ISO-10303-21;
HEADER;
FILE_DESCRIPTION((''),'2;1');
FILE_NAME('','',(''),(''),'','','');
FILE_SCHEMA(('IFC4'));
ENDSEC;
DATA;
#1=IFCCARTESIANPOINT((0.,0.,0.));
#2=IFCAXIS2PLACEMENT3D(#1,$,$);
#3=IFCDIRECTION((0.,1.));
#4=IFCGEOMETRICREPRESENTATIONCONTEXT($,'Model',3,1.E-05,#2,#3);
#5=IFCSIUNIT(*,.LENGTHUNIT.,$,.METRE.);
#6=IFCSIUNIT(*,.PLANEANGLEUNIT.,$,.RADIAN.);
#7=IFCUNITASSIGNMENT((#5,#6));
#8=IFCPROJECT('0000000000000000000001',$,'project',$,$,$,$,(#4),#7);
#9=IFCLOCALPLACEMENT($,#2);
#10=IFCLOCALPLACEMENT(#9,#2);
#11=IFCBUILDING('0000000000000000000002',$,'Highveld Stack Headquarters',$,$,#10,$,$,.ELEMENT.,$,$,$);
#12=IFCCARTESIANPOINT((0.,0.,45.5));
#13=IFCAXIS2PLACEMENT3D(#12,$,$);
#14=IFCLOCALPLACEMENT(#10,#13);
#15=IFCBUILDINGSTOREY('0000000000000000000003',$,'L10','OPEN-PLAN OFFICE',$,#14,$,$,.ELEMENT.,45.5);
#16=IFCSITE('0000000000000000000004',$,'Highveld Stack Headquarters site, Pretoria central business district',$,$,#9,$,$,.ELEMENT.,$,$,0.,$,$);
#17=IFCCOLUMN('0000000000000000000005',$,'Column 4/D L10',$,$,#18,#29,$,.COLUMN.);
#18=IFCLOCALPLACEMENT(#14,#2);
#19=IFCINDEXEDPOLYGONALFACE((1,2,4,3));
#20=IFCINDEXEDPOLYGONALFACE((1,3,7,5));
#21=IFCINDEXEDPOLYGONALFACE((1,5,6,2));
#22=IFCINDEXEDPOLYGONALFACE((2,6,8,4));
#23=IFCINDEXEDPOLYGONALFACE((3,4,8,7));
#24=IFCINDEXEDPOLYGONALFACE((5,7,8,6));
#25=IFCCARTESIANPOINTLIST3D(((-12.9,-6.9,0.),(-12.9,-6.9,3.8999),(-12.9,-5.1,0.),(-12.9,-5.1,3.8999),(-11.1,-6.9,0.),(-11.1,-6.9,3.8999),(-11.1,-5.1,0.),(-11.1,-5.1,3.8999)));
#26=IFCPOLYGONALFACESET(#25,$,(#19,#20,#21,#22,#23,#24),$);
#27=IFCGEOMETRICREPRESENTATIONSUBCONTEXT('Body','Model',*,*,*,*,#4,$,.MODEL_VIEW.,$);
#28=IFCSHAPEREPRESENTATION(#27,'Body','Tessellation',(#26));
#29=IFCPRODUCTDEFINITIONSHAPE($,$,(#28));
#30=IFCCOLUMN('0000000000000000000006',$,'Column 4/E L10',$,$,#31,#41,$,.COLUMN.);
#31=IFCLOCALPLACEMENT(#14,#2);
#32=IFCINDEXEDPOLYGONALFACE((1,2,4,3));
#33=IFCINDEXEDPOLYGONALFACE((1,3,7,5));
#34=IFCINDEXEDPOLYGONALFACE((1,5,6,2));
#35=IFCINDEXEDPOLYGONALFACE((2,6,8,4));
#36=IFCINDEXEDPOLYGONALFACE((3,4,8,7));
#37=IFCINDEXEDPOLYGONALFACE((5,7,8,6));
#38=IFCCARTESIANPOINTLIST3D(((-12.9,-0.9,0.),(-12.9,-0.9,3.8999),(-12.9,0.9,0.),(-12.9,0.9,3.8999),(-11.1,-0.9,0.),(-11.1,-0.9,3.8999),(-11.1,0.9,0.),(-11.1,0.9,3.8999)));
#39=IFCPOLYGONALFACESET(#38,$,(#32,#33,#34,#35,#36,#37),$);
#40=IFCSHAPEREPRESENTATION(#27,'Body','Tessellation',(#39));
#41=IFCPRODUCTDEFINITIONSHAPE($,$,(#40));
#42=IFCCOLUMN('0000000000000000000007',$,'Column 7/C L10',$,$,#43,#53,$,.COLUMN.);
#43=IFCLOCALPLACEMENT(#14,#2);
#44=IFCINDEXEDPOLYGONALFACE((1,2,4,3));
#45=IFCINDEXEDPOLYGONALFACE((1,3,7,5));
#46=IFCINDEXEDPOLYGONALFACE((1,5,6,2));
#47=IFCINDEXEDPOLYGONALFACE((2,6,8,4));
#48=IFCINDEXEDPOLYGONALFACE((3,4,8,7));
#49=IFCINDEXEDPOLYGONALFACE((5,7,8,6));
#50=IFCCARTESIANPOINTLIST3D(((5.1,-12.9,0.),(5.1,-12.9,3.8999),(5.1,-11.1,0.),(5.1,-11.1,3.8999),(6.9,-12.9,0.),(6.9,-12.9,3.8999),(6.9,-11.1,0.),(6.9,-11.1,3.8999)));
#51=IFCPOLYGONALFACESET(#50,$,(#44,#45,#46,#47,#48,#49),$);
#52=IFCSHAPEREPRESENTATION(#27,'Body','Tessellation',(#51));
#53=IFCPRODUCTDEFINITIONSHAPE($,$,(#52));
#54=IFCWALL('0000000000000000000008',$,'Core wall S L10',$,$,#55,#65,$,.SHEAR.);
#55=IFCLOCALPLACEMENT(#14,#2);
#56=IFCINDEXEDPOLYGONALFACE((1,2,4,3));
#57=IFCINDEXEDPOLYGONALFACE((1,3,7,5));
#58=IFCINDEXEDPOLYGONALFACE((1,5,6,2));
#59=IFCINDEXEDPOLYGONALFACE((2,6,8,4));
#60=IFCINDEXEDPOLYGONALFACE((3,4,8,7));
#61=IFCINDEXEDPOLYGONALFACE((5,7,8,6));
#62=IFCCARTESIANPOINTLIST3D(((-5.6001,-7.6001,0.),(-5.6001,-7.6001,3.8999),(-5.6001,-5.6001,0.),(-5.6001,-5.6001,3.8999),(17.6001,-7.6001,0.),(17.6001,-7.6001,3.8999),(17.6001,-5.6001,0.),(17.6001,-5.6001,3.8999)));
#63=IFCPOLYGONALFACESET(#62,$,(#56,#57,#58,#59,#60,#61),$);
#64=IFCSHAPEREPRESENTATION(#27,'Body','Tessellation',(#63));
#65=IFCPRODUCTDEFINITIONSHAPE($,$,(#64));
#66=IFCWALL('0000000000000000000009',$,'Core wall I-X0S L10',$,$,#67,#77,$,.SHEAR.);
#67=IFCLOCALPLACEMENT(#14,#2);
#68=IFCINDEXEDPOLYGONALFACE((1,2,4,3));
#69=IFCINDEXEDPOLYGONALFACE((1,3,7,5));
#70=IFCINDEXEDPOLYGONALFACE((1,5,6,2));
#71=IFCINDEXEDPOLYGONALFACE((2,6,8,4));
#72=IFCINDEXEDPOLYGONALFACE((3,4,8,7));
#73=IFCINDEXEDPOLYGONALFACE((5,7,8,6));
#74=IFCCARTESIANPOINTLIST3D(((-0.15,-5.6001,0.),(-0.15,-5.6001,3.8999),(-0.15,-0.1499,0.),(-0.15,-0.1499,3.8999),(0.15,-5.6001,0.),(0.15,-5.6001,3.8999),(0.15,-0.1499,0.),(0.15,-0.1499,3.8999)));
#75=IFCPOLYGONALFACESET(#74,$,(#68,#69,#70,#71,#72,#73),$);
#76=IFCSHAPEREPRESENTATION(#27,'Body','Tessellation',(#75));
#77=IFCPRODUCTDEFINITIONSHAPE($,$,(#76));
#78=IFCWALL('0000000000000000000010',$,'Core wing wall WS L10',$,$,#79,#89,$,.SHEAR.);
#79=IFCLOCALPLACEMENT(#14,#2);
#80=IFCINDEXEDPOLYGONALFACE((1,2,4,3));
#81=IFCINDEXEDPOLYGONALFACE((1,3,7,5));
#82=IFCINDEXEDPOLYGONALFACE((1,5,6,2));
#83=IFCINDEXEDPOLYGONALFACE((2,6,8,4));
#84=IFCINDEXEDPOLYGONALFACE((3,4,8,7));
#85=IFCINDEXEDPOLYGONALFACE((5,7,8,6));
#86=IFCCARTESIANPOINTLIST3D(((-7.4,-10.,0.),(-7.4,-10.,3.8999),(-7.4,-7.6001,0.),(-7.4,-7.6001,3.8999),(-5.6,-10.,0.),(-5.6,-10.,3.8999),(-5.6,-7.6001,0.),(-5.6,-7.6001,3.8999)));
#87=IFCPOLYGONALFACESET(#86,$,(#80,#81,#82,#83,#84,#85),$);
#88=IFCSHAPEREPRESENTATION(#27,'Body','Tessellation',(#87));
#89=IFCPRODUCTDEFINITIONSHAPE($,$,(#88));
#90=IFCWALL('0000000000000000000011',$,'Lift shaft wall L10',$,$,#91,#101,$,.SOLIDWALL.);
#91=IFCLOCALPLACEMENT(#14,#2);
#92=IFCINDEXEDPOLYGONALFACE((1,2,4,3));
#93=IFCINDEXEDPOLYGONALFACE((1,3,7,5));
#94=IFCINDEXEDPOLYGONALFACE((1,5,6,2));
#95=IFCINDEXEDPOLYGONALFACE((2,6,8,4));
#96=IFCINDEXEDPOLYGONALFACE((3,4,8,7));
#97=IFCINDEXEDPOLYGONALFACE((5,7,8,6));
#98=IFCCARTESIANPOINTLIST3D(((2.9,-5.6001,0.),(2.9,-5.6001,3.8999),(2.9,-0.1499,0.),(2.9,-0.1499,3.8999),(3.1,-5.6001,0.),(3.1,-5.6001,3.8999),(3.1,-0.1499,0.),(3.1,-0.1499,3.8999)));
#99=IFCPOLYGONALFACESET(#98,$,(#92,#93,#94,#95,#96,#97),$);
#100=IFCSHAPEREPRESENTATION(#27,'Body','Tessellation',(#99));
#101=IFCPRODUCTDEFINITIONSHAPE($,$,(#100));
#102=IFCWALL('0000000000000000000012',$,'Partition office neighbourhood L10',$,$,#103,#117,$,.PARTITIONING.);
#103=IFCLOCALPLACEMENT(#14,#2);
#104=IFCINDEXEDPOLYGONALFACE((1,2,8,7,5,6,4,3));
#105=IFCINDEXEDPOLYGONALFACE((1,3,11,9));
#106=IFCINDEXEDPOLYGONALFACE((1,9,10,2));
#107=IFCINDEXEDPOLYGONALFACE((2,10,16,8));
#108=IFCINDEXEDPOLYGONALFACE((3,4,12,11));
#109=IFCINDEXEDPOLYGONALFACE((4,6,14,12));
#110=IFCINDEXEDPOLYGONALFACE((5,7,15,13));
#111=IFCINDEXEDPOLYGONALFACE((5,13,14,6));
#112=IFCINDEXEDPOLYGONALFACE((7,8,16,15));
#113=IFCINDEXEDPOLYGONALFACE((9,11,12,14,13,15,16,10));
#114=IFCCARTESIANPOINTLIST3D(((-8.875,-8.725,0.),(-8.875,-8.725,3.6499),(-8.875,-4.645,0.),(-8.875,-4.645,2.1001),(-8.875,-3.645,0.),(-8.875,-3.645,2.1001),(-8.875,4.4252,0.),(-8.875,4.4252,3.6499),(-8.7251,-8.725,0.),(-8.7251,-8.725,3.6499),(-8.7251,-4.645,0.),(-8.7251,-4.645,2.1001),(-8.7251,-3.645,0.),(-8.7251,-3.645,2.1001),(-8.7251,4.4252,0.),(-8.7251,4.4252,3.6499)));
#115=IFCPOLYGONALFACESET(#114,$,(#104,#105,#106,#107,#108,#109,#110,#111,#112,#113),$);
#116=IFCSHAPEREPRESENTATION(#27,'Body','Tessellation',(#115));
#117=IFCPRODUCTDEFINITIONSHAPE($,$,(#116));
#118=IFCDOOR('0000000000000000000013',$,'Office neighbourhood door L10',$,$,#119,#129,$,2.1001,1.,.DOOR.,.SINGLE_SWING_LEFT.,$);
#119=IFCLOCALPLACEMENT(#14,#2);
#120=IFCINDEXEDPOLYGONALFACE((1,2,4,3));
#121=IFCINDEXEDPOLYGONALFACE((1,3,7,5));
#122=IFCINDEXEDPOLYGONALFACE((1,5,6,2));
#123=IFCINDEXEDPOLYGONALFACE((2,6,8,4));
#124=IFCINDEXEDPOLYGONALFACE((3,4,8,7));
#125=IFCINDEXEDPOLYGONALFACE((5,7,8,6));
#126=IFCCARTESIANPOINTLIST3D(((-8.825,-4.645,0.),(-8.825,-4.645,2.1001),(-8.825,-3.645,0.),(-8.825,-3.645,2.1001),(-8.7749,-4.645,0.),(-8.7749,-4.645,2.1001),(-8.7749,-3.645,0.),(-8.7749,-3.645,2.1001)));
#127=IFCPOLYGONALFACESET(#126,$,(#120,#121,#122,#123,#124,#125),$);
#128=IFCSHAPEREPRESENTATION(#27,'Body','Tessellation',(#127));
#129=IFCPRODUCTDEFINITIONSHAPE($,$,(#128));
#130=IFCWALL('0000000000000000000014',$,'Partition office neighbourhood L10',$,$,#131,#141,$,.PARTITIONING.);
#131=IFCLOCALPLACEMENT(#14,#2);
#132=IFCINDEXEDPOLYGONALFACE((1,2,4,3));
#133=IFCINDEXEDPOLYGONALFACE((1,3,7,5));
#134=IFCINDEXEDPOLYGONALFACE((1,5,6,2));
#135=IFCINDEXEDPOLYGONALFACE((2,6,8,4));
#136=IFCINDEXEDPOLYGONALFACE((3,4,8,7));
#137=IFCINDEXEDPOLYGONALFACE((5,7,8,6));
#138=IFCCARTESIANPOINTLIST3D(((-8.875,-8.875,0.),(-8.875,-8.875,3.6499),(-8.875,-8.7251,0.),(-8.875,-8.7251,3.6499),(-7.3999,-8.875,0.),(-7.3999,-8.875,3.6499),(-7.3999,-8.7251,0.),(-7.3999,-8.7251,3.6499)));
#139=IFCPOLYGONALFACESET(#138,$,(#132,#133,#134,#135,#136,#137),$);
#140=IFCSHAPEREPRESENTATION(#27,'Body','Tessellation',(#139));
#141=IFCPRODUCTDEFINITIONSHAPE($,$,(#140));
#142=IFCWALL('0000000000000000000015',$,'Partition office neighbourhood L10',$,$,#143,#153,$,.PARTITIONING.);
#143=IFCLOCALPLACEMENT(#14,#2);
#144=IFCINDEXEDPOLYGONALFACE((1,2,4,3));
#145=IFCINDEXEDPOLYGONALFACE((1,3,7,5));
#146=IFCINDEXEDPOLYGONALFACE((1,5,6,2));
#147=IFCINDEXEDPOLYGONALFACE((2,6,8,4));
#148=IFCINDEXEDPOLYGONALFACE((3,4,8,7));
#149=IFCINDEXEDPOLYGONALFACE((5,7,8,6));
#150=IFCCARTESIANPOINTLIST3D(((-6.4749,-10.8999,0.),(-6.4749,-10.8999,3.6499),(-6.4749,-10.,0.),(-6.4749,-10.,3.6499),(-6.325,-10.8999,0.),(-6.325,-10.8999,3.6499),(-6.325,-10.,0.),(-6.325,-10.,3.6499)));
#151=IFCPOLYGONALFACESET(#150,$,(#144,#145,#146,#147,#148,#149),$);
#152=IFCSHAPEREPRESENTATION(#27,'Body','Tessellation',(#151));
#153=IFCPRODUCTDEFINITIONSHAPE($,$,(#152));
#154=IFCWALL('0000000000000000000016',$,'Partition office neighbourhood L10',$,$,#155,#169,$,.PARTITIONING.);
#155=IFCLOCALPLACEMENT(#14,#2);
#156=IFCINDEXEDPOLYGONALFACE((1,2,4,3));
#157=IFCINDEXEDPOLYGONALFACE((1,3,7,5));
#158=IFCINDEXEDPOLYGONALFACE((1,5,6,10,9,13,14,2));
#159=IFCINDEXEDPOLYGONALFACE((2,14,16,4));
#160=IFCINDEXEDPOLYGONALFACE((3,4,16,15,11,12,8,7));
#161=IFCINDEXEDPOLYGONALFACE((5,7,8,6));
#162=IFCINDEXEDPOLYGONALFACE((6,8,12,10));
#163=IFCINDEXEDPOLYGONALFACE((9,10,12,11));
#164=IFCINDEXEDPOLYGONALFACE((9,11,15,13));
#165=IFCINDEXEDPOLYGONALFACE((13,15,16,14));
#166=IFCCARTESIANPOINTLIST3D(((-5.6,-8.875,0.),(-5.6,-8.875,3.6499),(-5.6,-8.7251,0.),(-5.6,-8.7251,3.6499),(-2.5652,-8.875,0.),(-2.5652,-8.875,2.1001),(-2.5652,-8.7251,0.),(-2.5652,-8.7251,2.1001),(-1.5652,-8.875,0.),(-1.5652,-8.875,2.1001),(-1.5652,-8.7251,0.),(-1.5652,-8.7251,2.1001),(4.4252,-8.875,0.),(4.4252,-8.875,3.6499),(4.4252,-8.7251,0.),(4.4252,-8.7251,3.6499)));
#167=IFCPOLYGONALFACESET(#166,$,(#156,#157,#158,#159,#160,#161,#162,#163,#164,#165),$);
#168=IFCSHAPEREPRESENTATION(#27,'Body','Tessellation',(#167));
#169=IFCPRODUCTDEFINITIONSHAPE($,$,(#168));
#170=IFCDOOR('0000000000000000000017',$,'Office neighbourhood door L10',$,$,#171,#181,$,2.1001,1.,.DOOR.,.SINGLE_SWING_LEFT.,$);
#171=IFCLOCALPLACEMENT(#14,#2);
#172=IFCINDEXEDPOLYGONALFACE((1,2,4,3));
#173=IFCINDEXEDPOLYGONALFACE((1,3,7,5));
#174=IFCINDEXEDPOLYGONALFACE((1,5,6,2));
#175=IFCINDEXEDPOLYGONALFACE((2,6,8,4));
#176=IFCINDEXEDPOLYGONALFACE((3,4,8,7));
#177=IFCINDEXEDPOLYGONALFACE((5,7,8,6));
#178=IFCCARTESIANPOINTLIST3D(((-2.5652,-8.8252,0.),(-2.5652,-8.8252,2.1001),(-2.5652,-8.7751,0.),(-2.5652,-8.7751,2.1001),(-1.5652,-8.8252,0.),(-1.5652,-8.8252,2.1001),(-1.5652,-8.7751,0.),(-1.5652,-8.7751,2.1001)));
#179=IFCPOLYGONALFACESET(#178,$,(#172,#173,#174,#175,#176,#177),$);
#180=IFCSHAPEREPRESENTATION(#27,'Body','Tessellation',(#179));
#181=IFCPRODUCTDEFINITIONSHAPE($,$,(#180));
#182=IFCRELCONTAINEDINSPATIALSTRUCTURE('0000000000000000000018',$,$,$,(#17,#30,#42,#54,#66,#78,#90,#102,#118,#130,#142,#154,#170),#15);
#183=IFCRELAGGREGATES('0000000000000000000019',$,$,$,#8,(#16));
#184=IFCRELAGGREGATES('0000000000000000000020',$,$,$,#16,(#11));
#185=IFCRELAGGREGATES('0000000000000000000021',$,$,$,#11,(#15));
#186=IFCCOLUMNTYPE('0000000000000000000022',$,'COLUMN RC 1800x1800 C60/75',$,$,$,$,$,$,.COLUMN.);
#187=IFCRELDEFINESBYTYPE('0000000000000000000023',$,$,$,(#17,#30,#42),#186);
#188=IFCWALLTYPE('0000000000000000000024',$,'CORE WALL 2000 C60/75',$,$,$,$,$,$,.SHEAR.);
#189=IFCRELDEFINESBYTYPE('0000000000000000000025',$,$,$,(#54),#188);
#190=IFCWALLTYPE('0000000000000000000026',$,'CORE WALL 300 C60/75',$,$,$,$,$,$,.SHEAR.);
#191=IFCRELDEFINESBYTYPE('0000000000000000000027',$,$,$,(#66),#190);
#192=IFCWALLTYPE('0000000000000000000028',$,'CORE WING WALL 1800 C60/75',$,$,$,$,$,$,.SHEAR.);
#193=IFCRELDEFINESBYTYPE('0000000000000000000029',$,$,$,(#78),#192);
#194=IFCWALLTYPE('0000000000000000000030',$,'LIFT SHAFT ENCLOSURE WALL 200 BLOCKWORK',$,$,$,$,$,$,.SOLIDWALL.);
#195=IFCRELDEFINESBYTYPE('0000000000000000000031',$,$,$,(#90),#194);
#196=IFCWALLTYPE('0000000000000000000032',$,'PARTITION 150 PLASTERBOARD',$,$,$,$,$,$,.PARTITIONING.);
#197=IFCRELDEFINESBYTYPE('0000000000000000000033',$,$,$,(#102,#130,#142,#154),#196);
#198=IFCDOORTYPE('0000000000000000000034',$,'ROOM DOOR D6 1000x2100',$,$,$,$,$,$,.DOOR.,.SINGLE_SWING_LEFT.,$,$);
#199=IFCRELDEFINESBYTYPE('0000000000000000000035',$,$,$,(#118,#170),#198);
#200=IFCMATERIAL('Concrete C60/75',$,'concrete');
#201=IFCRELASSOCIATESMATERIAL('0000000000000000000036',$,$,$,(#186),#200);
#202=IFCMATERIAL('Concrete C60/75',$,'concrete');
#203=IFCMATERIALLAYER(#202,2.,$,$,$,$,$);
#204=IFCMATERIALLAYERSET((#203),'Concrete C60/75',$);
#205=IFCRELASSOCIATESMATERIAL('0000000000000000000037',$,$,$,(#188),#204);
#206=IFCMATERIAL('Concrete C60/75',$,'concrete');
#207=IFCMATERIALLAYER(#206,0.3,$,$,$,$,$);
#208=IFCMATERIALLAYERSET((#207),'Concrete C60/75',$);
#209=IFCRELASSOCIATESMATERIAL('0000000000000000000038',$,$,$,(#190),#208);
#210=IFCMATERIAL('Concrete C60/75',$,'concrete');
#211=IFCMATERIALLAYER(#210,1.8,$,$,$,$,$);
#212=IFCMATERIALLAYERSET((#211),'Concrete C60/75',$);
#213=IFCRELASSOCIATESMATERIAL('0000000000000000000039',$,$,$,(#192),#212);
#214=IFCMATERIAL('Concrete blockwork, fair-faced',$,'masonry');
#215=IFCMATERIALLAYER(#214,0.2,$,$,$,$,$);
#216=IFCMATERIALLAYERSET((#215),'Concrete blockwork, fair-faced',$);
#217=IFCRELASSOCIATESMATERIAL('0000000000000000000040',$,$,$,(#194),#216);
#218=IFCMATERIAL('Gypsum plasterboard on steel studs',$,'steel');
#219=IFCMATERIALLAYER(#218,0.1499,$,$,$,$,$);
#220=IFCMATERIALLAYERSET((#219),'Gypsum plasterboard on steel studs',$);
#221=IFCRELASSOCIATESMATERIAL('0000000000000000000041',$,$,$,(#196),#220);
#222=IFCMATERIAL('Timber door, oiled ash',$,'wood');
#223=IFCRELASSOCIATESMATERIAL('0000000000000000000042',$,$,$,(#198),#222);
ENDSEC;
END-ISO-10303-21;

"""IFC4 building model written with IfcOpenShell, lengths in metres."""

from ifc_helpers import new_model, si_unit, direction, frame, frame_2d, origin, origin_2d, place, context, subcontext, project, spatial, rectangle, extrude, material, layer, layer_set, material_profile, profile_set, type_object, element, fill, save


model = new_model("IFC4")

# Units and contexts
model_context = context("Model", 3, precision=1e-05, world=origin(), true_north=direction((0.0, 1.0)))
body_context = subcontext(model_context, "Body", "Model", "MODEL_VIEW")
ifc_project = project(units=[si_unit("LENGTHUNIT", "METRE"), si_unit("PLANEANGLEUNIT", "RADIAN")], contexts=[model_context])

# Site, building, storey
site_placement = place(None, origin())
site = spatial("IfcSite", under=ifc_project, at=site_placement, Name="Highveld Stack Headquarters site, Pretoria central business district", CompositionType="ELEMENT", RefElevation=0.0)
building_placement = place(site_placement, origin())
building = spatial("IfcBuilding", under=site, at=building_placement, Name="Highveld Stack Headquarters", CompositionType="ELEMENT")
storey_placement = place(building_placement, frame((0.0, 0.0, 45.5)))
storey = spatial("IfcBuildingStorey", under=building, at=storey_placement, Name="L10", Description="OPEN-PLAN OFFICE", CompositionType="ELEMENT", Elevation=45.5)

# Columns
ifc_material_1 = material(Name="Concrete C60/75", Category="concrete")
ifc_material_profile = material_profile(ifc_material_1, rectangle(XDim=1.8, YDim=1.8, at=origin_2d()), Name="RC 1800x1800")
ifc_profile_set = profile_set([ifc_material_profile], Name="Concrete C60/75")
column_type = type_object("IfcColumnType", Name="COLUMN RC 1800x1800 C60/75", PredefinedType="COLUMN", material=ifc_profile_set)
for number, where, z_axis, x_axis, name in (
    (1, (-12.0, -6.0, 0.0), (0.0, 0.0, 1.0), (1.0, 0.0, 0.0), "Column 4/D L10"),
    (2, (-12.0, 0.0, 0.0), (0.0, 0.0, 1.0), (1.0, 0.0, 0.0), "Column 4/E L10"),
    (3, (6.0, -12.0, 0.0), (0.0, 0.0, 1.0), (1.0, 0.0, 0.0), "Column 7/C L10"),
):
    element("IfcColumn", number, at=place(storey_placement, frame(where, z_axis=z_axis, x_axis=x_axis)), inside=storey, type_object=column_type, Name=name, PredefinedType="COLUMN", context=body_context, shape_type="SweptSolid", body=[
        extrude(rectangle(XDim=1.8, YDim=1.8, at=origin_2d()), origin(), (0.0, 0.0, 1.0), 3.8999),
    ])

# Walls
ifc_material_2 = material(Name="Concrete C60/75", Category="concrete")
ifc_layer_1 = layer(ifc_material_2, 2.0)
ifc_layer_set_1 = layer_set([ifc_layer_1], Name="Concrete C60/75")
wall_type_1 = type_object("IfcWallType", Name="CORE WALL 2000 C60/75", PredefinedType="SHEAR", material=ifc_layer_set_1)
wall_1_placement = place(storey_placement, frame((-5.6001, -6.6001, 0.0), z_axis=(0.0, 0.0, 1.0), x_axis=(1.0, 0.0, 0.0)))
element("IfcWall", 4, at=wall_1_placement, inside=storey, type_object=wall_type_1, Name="Core wall S L10", PredefinedType="SHEAR", context=body_context, shape_type="SweptSolid", body=[
    extrude(rectangle(XDim=23.2002, YDim=2.0, at=frame_2d((11.6001, 0.0))), origin(), (0.0, 0.0, 1.0), 3.8999),
])
ifc_material_3 = material(Name="Concrete C60/75", Category="concrete")
ifc_layer_2 = layer(ifc_material_3, 0.3)
ifc_layer_set_2 = layer_set([ifc_layer_2], Name="Concrete C60/75")
wall_type_2 = type_object("IfcWallType", Name="CORE WALL 300 C60/75", PredefinedType="SHEAR", material=ifc_layer_set_2)
wall_2_placement = place(storey_placement, frame((0.0, -5.6001, 0.0), z_axis=(0.0, 0.0, 1.0), x_axis=(0.0, 1.0, 0.0)))
element("IfcWall", 5, at=wall_2_placement, inside=storey, type_object=wall_type_2, Name="Core wall I-X0S L10", PredefinedType="SHEAR", context=body_context, shape_type="SweptSolid", body=[
    extrude(rectangle(XDim=5.4502, YDim=0.3, at=frame_2d((2.7251, 0.0))), origin(), (0.0, 0.0, 1.0), 3.8999),
])
ifc_material_4 = material(Name="Concrete C60/75", Category="concrete")
ifc_layer_3 = layer(ifc_material_4, 1.8)
ifc_layer_set_3 = layer_set([ifc_layer_3], Name="Concrete C60/75")
wall_type_3 = type_object("IfcWallType", Name="CORE WING WALL 1800 C60/75", PredefinedType="SHEAR", material=ifc_layer_set_3)
wall_3_placement = place(storey_placement, frame((-6.5, -10.0, 0.0), z_axis=(0.0, 0.0, 1.0), x_axis=(0.0, 1.0, 0.0)))
element("IfcWall", 6, at=wall_3_placement, inside=storey, type_object=wall_type_3, Name="Core wing wall WS L10", PredefinedType="SHEAR", context=body_context, shape_type="SweptSolid", body=[
    extrude(rectangle(XDim=2.3999, YDim=1.8, at=frame_2d((1.2, 0.0))), origin(), (0.0, 0.0, 1.0), 3.8999),
])
ifc_material_5 = material(Name="Concrete blockwork, fair-faced", Category="masonry")
ifc_layer_4 = layer(ifc_material_5, 0.2)
ifc_layer_set_4 = layer_set([ifc_layer_4], Name="Concrete blockwork, fair-faced")
wall_type_4 = type_object("IfcWallType", Name="LIFT SHAFT ENCLOSURE WALL 200 BLOCKWORK", PredefinedType="SOLIDWALL", material=ifc_layer_set_4)
wall_4_placement = place(storey_placement, frame((3.0, -5.6001, 0.0), z_axis=(0.0, 0.0, 1.0), x_axis=(0.0, 1.0, 0.0)))
element("IfcWall", 7, at=wall_4_placement, inside=storey, type_object=wall_type_4, Name="Lift shaft wall L10", PredefinedType="SOLIDWALL", context=body_context, shape_type="SweptSolid", body=[
    extrude(rectangle(XDim=5.4502, YDim=0.2, at=frame_2d((2.7251, 0.0))), origin(), (0.0, 0.0, 1.0), 3.8999),
])

# Wall, opening, door
ifc_material_6 = material(Name="Gypsum plasterboard on steel studs", Category="steel")
ifc_layer_5 = layer(ifc_material_6, 0.1499)
ifc_layer_set_5 = layer_set([ifc_layer_5], Name="Gypsum plasterboard on steel studs")
wall_type_5 = type_object("IfcWallType", Name="PARTITION 150 PLASTERBOARD", PredefinedType="PARTITIONING", material=ifc_layer_set_5)
wall_5_placement = place(storey_placement, frame((-8.8, -8.7251, 0.0), z_axis=(0.0, 0.0, 1.0), x_axis=(0.0, 1.0, 0.0)))
wall_5 = element("IfcWall", 8, at=wall_5_placement, inside=storey, type_object=wall_type_5, Name="Partition office neighbourhood L10", PredefinedType="PARTITIONING", context=body_context, shape_type="SweptSolid", body=[
    extrude(rectangle(XDim=13.1501, YDim=0.1499, at=frame_2d((6.5752, 0.0))), origin(), (0.0, 0.0, 1.0), 3.6499),
])
opening_1_placement = place(wall_5_placement, frame((4.0801, 0.0, 0.0)))
opening_1 = element("IfcOpeningElement", 9, at=opening_1_placement, cuts=wall_5, PredefinedType="OPENING", context=body_context, shape_type="SweptSolid", body=[
    extrude(rectangle(XDim=1.0, YDim=2.1001, at=frame_2d((0.5, 1.05))), frame((0.0, 0.085, 0.0), z_axis=(0.0, -1.0, 0.0), x_axis=(1.0, 0.0, 0.0)), (0.0, 0.0, 1.0), 0.1699),
])
ifc_material_7 = material(Name="Timber door, oiled ash", Category="wood")
door_type_1 = type_object("IfcDoorType", Name="ROOM DOOR D6 1000x2100", OperationType="SINGLE_SWING_LEFT", PredefinedType="DOOR", material=ifc_material_7)
door_1_placement = place(opening_1_placement, origin())
door_1 = element("IfcDoor", 10, at=door_1_placement, inside=storey, type_object=door_type_1, Name="Office neighbourhood door L10", OperationType="SINGLE_SWING_LEFT", OverallHeight=2.1001, OverallWidth=1.0, PredefinedType="DOOR", context=body_context, shape_type="SweptSolid", body=[
    extrude(rectangle(XDim=1.0, YDim=2.1001, at=frame_2d((0.5, 1.05))), frame((0.0, 0.0249, 0.0), z_axis=(0.0, -1.0, 0.0), x_axis=(1.0, 0.0, 0.0)), (0.0, 0.0, 1.0), 0.05),
])
fill(opening_1, door_1)

# Walls
wall_6_placement = place(storey_placement, frame((-8.875, -8.8, 0.0), z_axis=(0.0, 0.0, 1.0), x_axis=(1.0, 0.0, 0.0)))
element("IfcWall", 11, at=wall_6_placement, inside=storey, type_object=wall_type_5, Name="Partition office neighbourhood L10", PredefinedType="PARTITIONING", context=body_context, shape_type="SweptSolid", body=[
    extrude(rectangle(XDim=1.4751, YDim=0.1499, at=frame_2d((0.7375, 0.0))), origin(), (0.0, 0.0, 1.0), 3.6499),
])
wall_7_placement = place(storey_placement, frame((-6.3999, -10.8999, 0.0), z_axis=(0.0, 0.0, 1.0), x_axis=(0.0, 1.0, 0.0)))
element("IfcWall", 12, at=wall_7_placement, inside=storey, type_object=wall_type_5, Name="Partition office neighbourhood L10", PredefinedType="PARTITIONING", context=body_context, shape_type="SweptSolid", body=[
    extrude(rectangle(XDim=0.8999, YDim=0.1499, at=frame_2d((0.45, 0.0))), origin(), (0.0, 0.0, 1.0), 3.6499),
])

# Wall, opening, door
wall_8_placement = place(storey_placement, frame((-5.6001, -8.8, 0.0), z_axis=(0.0, 0.0, 1.0), x_axis=(1.0, 0.0, 0.0)))
wall_8 = element("IfcWall", 13, at=wall_8_placement, inside=storey, type_object=wall_type_5, Name="Partition office neighbourhood L10", PredefinedType="PARTITIONING", context=body_context, shape_type="SweptSolid", body=[
    extrude(rectangle(XDim=10.0251, YDim=0.1499, at=frame_2d((5.0127, 0.0))), origin(), (0.0, 0.0, 1.0), 3.6499),
])
opening_2_placement = place(wall_8_placement, frame((3.0349, 0.0, 0.0)))
opening_2 = element("IfcOpeningElement", 14, at=opening_2_placement, cuts=wall_8, PredefinedType="OPENING", context=body_context, shape_type="SweptSolid", body=[
    extrude(rectangle(XDim=1.0, YDim=2.1001, at=frame_2d((0.5, 1.05))), frame((0.0, 0.085, 0.0), z_axis=(0.0, -1.0, 0.0), x_axis=(1.0, 0.0, 0.0)), (0.0, 0.0, 1.0), 0.1699),
])
door_2_placement = place(opening_2_placement, origin())
door_2 = element("IfcDoor", 15, at=door_2_placement, inside=storey, type_object=door_type_1, Name="Office neighbourhood door L10", OperationType="SINGLE_SWING_LEFT", OverallHeight=2.1001, OverallWidth=1.0, PredefinedType="DOOR", context=body_context, shape_type="SweptSolid", body=[
    extrude(rectangle(XDim=1.0, YDim=2.1001, at=frame_2d((0.5, 1.05))), frame((0.0, 0.0249, 0.0), z_axis=(0.0, -1.0, 0.0), x_axis=(1.0, 0.0, 0.0)), (0.0, 0.0, 1.0), 0.05),
])
fill(opening_2, door_2)

save(model, "model.ifc")
